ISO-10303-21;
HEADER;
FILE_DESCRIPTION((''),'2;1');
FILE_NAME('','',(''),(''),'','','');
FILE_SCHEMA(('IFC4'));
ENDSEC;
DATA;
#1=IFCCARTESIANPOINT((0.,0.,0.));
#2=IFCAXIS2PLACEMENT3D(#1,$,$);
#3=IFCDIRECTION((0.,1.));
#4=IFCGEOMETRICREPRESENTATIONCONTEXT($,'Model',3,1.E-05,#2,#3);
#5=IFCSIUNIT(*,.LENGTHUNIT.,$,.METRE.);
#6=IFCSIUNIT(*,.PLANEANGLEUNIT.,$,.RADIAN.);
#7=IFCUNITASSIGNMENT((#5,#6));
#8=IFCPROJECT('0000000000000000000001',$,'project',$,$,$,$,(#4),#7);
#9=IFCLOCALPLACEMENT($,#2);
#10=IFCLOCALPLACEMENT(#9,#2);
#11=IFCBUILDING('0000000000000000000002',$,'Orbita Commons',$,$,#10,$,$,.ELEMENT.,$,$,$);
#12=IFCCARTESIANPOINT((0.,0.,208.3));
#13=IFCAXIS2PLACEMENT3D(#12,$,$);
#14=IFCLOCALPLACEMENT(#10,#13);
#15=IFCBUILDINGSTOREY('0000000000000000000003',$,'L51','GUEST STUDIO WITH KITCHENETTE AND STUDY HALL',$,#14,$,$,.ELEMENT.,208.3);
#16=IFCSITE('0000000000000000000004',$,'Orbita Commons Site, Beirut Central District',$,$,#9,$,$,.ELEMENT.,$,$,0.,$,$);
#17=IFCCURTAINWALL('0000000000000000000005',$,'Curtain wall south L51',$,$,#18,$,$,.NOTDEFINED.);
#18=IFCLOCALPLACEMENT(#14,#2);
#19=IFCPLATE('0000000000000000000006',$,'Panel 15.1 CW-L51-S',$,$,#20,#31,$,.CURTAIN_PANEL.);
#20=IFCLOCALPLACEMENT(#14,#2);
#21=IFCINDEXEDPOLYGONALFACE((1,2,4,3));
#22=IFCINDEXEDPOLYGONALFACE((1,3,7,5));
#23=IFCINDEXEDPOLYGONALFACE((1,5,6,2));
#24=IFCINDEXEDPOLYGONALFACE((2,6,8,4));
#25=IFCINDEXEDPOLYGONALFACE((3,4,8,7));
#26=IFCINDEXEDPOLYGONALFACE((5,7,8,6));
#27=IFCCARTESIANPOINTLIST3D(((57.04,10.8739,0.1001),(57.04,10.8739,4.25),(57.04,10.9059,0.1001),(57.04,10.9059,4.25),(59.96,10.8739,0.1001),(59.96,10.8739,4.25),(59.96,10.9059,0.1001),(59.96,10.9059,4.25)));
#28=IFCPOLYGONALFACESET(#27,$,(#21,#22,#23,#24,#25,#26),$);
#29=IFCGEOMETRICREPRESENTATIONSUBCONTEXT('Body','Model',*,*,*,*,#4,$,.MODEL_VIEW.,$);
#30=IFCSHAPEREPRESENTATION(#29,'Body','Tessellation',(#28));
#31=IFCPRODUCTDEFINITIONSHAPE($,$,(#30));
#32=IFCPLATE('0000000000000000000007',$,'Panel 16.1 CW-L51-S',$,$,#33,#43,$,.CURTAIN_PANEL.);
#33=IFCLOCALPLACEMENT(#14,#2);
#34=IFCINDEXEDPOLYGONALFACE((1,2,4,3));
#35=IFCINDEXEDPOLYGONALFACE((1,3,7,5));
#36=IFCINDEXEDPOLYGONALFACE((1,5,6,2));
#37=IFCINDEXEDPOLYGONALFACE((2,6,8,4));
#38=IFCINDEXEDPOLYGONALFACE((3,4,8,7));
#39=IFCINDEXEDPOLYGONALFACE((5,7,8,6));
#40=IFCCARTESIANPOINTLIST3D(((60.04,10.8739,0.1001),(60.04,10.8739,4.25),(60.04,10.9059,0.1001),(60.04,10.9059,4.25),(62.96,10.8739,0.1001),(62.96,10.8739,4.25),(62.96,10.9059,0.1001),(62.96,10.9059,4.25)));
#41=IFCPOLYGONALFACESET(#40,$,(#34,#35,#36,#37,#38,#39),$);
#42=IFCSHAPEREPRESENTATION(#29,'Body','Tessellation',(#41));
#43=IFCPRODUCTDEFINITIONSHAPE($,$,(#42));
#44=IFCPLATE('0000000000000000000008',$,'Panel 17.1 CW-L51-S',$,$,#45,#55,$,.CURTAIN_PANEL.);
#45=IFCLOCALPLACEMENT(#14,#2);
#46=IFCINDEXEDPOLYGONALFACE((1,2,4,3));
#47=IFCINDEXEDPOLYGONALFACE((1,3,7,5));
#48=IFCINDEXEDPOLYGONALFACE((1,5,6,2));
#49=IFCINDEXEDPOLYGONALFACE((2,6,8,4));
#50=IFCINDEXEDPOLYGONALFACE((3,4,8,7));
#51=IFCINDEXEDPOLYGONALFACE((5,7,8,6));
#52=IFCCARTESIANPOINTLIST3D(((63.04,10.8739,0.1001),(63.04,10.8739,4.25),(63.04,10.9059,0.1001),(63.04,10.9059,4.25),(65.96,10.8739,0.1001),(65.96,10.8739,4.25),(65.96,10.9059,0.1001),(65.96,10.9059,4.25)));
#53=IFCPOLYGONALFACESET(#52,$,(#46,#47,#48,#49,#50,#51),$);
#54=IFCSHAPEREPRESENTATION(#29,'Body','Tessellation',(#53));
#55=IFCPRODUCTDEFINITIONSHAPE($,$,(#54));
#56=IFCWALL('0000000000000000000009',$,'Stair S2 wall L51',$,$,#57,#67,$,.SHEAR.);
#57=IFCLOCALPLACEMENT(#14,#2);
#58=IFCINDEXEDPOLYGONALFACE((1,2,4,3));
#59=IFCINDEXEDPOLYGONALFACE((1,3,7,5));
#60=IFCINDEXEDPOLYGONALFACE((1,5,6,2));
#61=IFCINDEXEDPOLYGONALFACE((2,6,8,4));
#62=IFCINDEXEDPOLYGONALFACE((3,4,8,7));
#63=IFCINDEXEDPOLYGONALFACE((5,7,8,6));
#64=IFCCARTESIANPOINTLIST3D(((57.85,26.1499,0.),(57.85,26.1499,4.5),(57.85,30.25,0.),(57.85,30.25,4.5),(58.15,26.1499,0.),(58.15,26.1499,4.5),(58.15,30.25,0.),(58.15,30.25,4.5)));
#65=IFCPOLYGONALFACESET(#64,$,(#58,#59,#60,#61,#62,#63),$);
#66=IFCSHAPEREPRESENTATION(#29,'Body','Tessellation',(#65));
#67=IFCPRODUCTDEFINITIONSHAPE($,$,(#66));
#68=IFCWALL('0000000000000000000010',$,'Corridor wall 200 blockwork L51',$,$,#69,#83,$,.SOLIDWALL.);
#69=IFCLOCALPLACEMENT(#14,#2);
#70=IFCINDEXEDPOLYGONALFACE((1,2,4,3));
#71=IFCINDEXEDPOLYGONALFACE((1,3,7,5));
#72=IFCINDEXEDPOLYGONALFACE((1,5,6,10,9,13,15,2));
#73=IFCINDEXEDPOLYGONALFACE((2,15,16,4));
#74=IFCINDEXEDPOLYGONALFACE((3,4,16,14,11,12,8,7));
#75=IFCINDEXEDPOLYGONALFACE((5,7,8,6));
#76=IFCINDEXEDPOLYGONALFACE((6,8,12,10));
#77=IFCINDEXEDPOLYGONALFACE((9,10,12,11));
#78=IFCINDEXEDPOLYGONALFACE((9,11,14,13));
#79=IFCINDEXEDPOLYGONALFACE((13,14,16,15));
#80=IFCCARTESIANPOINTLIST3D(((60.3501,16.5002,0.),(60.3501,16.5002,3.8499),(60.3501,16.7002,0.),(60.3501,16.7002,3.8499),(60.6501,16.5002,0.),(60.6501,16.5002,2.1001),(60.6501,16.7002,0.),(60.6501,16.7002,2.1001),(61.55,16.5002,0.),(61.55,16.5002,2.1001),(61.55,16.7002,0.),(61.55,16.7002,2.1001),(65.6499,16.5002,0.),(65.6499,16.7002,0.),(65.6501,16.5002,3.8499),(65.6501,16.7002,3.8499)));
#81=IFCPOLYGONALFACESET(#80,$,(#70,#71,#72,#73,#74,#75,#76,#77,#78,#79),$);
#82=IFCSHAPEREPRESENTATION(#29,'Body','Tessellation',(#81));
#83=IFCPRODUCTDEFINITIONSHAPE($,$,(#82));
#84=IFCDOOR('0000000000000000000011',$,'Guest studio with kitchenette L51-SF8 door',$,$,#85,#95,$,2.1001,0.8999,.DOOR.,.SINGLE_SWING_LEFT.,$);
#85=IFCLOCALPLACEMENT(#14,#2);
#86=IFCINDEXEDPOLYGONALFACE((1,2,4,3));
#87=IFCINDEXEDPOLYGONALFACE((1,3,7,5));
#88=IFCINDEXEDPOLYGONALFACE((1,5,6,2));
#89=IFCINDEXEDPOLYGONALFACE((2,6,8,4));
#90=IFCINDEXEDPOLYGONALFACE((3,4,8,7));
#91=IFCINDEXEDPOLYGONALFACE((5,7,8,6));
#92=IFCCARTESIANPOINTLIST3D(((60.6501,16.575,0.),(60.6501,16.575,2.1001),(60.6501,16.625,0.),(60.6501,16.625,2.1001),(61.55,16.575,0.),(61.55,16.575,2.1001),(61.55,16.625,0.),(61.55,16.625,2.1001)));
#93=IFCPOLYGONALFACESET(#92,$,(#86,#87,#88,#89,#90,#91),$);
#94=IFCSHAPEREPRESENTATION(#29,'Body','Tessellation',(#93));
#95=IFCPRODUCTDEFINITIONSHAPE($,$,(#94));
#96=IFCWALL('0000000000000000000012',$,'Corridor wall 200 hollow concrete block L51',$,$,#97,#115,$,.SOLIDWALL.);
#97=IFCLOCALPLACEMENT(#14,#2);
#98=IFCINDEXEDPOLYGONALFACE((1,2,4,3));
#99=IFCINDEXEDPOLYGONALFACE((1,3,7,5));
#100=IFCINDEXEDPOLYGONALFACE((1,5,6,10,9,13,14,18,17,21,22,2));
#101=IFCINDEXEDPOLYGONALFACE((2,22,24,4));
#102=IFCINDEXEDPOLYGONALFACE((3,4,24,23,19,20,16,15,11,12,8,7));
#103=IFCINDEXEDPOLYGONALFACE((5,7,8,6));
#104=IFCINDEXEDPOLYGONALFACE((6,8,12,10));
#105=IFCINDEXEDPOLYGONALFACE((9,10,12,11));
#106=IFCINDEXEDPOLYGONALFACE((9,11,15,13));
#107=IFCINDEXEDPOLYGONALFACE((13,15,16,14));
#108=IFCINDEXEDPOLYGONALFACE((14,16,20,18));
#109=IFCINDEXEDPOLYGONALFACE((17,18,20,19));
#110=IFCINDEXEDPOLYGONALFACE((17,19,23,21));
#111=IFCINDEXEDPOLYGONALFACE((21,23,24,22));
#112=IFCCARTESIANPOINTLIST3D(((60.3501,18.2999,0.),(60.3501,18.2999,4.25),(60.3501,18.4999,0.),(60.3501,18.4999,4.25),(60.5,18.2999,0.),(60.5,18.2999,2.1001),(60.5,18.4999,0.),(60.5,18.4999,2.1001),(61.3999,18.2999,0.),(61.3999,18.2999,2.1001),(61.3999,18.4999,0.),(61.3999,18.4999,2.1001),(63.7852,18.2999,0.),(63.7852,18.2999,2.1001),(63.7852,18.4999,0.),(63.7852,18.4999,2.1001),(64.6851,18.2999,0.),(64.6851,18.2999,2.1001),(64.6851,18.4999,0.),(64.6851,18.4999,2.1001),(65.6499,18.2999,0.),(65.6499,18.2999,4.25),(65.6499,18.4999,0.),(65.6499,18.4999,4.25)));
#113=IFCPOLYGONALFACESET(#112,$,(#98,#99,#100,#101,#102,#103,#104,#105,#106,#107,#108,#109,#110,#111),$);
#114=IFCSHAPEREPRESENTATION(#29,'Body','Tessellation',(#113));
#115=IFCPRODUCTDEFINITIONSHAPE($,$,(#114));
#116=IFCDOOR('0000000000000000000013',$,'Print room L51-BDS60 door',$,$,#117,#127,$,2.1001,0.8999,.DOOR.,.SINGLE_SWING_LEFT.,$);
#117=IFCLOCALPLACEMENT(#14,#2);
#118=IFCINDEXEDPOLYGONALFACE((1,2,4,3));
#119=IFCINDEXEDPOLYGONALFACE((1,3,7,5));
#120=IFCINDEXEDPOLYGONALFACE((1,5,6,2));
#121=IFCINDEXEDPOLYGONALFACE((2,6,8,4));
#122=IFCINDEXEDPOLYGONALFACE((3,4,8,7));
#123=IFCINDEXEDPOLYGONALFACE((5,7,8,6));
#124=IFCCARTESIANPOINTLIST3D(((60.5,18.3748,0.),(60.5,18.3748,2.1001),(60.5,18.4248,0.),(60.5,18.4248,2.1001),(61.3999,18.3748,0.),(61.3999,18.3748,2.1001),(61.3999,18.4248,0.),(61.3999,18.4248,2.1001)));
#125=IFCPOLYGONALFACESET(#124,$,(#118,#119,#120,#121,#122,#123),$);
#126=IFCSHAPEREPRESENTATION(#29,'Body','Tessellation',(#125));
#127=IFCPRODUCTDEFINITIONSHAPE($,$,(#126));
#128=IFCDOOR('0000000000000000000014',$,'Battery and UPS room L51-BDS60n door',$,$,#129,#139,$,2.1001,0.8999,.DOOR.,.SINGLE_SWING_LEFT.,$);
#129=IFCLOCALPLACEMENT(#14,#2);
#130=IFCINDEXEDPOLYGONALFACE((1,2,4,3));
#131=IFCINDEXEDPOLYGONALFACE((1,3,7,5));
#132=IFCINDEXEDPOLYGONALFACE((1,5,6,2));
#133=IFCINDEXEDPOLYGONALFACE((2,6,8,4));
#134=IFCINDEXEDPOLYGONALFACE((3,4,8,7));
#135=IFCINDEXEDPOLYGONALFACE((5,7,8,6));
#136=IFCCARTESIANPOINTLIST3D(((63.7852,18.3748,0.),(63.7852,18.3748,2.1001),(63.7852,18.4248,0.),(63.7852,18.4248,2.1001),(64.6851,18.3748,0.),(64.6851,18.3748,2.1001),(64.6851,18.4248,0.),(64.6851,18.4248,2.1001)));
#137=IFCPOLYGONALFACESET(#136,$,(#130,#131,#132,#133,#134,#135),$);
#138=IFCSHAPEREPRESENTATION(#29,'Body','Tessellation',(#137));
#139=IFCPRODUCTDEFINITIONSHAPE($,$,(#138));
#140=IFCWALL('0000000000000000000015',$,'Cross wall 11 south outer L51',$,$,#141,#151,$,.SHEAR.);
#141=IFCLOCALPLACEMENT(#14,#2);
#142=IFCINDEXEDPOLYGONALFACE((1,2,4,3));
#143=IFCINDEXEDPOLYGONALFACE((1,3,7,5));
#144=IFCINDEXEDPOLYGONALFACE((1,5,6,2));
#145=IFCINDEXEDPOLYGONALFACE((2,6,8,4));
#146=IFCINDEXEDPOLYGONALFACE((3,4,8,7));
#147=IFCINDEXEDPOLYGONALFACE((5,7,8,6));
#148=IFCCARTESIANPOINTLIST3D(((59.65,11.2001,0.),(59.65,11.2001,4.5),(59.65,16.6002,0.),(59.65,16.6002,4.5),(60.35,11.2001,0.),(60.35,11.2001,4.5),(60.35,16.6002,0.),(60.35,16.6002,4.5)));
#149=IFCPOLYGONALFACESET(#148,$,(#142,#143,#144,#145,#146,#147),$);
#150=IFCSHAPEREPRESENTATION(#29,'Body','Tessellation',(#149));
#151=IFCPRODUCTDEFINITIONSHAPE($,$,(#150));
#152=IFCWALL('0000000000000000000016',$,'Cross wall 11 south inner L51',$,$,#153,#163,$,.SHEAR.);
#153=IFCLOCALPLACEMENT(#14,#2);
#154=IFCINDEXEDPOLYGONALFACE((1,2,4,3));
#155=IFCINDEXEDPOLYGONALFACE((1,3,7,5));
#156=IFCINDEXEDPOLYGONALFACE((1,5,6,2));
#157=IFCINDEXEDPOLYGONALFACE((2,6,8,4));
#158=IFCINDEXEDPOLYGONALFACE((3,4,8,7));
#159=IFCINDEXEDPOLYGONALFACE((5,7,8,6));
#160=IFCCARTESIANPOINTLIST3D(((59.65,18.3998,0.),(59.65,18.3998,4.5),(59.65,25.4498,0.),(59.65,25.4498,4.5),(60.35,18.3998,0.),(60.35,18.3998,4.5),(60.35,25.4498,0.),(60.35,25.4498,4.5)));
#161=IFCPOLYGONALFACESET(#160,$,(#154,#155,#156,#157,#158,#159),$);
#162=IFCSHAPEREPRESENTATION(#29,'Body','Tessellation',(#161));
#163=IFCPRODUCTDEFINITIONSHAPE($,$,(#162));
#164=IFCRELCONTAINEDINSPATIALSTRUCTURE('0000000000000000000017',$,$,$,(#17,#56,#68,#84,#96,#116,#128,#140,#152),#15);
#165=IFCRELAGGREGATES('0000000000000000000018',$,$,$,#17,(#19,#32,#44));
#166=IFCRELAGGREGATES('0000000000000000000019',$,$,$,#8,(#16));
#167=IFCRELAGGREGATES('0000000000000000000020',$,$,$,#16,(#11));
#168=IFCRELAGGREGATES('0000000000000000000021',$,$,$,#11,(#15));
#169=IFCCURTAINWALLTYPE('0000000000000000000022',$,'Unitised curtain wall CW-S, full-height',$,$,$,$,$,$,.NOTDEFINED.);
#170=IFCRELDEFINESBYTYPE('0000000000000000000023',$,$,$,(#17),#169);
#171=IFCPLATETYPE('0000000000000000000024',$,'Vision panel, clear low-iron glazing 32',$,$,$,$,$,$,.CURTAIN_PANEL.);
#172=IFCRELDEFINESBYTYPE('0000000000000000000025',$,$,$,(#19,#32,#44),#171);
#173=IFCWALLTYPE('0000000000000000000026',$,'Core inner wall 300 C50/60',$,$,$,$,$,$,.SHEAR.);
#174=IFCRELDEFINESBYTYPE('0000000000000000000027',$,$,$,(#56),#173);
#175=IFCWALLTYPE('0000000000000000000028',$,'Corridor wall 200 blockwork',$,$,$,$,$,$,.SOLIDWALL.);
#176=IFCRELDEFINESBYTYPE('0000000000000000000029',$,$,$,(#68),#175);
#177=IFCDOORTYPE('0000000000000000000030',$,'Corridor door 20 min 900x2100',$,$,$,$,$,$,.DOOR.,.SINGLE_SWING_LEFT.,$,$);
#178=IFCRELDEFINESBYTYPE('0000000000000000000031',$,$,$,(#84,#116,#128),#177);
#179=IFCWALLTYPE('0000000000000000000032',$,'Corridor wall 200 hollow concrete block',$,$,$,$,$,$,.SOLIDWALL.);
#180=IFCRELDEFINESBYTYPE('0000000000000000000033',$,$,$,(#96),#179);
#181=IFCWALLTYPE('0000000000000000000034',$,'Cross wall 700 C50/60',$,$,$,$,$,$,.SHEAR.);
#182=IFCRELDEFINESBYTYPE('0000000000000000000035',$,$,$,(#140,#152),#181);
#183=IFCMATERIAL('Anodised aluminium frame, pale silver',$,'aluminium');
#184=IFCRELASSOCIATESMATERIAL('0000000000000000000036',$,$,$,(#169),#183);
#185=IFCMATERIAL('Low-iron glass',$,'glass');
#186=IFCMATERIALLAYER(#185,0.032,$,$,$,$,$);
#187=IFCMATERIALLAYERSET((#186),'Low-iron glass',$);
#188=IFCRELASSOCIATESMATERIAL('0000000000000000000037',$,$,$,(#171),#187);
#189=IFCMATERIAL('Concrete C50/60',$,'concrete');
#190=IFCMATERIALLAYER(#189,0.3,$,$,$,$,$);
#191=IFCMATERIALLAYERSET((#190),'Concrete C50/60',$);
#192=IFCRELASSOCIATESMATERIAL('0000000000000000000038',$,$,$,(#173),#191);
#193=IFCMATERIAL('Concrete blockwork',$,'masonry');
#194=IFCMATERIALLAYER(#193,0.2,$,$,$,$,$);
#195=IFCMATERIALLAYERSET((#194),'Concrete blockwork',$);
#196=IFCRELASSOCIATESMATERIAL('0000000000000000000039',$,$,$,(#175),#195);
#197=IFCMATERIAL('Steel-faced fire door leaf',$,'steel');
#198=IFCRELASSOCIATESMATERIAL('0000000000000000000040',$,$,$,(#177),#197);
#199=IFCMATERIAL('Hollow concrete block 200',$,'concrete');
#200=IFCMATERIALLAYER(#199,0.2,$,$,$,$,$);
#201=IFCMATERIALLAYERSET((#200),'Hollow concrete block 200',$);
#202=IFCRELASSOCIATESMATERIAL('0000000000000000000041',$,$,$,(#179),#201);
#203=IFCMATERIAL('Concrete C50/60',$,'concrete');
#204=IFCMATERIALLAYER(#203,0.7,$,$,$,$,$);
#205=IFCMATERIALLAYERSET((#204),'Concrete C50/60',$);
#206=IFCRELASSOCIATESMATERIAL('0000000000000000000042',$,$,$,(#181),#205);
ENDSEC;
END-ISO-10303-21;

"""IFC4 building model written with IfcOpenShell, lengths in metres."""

from ifc_helpers import new_model, si_unit, direction, frame, frame_2d, origin, origin_2d, place, context, subcontext, project, spatial, polyline, rectangle, outline, extrude, material, layer, layer_set, type_object, element, fill, aggregate, save


model = new_model("IFC4")

# Units and contexts
model_context = context("Model", 3, precision=1e-05, world=origin(), true_north=direction((0.0, 1.0)))
body_context = subcontext(model_context, "Body", "Model", "MODEL_VIEW")
ifc_project = project(units=[si_unit("LENGTHUNIT", "METRE"), si_unit("PLANEANGLEUNIT", "RADIAN")], contexts=[model_context])

# Site, building, storey
site_placement = place(None, origin())
site = spatial("IfcSite", under=ifc_project, at=site_placement, Name="Orbita Commons Site, Beirut Central District", CompositionType="ELEMENT", RefElevation=0.0)
building_placement = place(site_placement, origin())
building = spatial("IfcBuilding", under=site, at=building_placement, Name="Orbita Commons", CompositionType="ELEMENT")
storey_placement = place(building_placement, frame((0.0, 0.0, 208.3)))
storey = spatial("IfcBuildingStorey", under=building, at=storey_placement, Name="L51", Description="GUEST STUDIO WITH KITCHENETTE AND STUDY HALL", CompositionType="ELEMENT", Elevation=208.3)

# Curtain wall
ifc_material_1 = material(Name="Anodised aluminium frame, pale silver", Category="aluminium")
curtain_wall_type = type_object("IfcCurtainWallType", Name="Unitised curtain wall CW-S, full-height", PredefinedType="NOTDEFINED", material=ifc_material_1)
curtain_wall_placement = place(storey_placement, origin())
curtain_wall = element("IfcCurtainWall", 1, at=curtain_wall_placement, inside=storey, type_object=curtain_wall_type, Name="Curtain wall south L51", PredefinedType="NOTDEFINED")

# Plates
ifc_material_2 = material(Name="Low-iron glass", Category="glass")
ifc_layer_1 = layer(ifc_material_2, 0.032)
ifc_layer_set_1 = layer_set([ifc_layer_1], Name="Low-iron glass")
plate_type = type_object("IfcPlateType", Name="Vision panel, clear low-iron glazing 32", PredefinedType="CURTAIN_PANEL", material=ifc_layer_set_1)
plate_1_placement = place(storey_placement, frame((58.5, 10.8899, 0.1001), z_axis=(0.0, 0.0, 1.0), x_axis=(1.0, 0.0, 0.0)))
plate_1 = element("IfcPlate", 2, at=plate_1_placement, type_object=plate_type, Name="Panel 15.1 CW-L51-S", PredefinedType="CURTAIN_PANEL", context=body_context, shape_type="SweptSolid", body=[
    extrude(rectangle(XDim=2.9199, YDim=0.032, at=origin_2d()), origin(), (0.0, 0.0, 1.0), 4.1499),
])
plate_2_placement = place(storey_placement, frame((61.5, 10.8899, 0.1001), z_axis=(0.0, 0.0, 1.0), x_axis=(1.0, 0.0, 0.0)))
plate_2 = element("IfcPlate", 3, at=plate_2_placement, type_object=plate_type, Name="Panel 16.1 CW-L51-S", PredefinedType="CURTAIN_PANEL", context=body_context, shape_type="SweptSolid", body=[
    extrude(rectangle(XDim=2.9199, YDim=0.032, at=origin_2d()), origin(), (0.0, 0.0, 1.0), 4.1499),
])
plate_3_placement = place(storey_placement, frame((64.5, 10.8899, 0.1001), z_axis=(0.0, 0.0, 1.0), x_axis=(1.0, 0.0, 0.0)))
plate_3 = element("IfcPlate", 4, at=plate_3_placement, type_object=plate_type, Name="Panel 17.1 CW-L51-S", PredefinedType="CURTAIN_PANEL", context=body_context, shape_type="SweptSolid", body=[
    extrude(rectangle(XDim=2.9199, YDim=0.032, at=origin_2d()), origin(), (0.0, 0.0, 1.0), 4.1499),
])
aggregate(curtain_wall, [plate_1, plate_2, plate_3])

# Wall
ifc_material_3 = material(Name="Concrete C50/60", Category="concrete")
ifc_layer_2 = layer(ifc_material_3, 0.3)
ifc_layer_set_2 = layer_set([ifc_layer_2], Name="Concrete C50/60")
wall_type_1 = type_object("IfcWallType", Name="Core inner wall 300 C50/60", PredefinedType="SHEAR", material=ifc_layer_set_2)
wall_1_placement = place(storey_placement, frame((58.0, 26.1499, 0.0), z_axis=(0.0, 0.0, 1.0), x_axis=(0.0, 1.0, 0.0)))
element("IfcWall", 5, at=wall_1_placement, inside=storey, type_object=wall_type_1, Name="Stair S2 wall L51", PredefinedType="SHEAR", context=body_context, shape_type="SweptSolid", body=[
    extrude(rectangle(XDim=4.1001, YDim=0.3, at=frame_2d((2.05, 0.0))), origin(), (0.0, 0.0, 1.0), 4.5),
])

# Wall, opening, door
ifc_material_4 = material(Name="Concrete blockwork", Category="masonry")
ifc_layer_3 = layer(ifc_material_4, 0.2)
ifc_layer_set_3 = layer_set([ifc_layer_3], Name="Concrete blockwork")
wall_type_2 = type_object("IfcWallType", Name="Corridor wall 200 blockwork", PredefinedType="SOLIDWALL", material=ifc_layer_set_3)
wall_2_placement = place(storey_placement, frame((60.3501, 16.6001, 0.0), z_axis=(0.0, 0.0, 1.0), x_axis=(1.0, 0.0, 0.0)))
wall_2 = element("IfcWall", 6, at=wall_2_placement, inside=storey, type_object=wall_type_2, Name="Corridor wall 200 blockwork L51", PredefinedType="SOLIDWALL", context=body_context, shape_type="SweptSolid", body=[
    extrude(outline(polyline([(0.0, 0.0), (5.2998, 0.0), (5.3, 3.8499), (0.0, 3.8499), (0.0, 0.0)])), frame((0.0, 0.1001, 0.0), z_axis=(0.0, -1.0, 0.0), x_axis=(1.0, 0.0, 0.0)), (0.0, 0.0, 1.0), 0.2),
])
opening_1_placement = place(wall_2_placement, frame((0.3, 0.0, 0.0)))
opening_1 = element("IfcOpeningElement", 7, at=opening_1_placement, cuts=wall_2, PredefinedType="OPENING", context=body_context, shape_type="SweptSolid", body=[
    extrude(rectangle(XDim=0.8999, YDim=2.1001, at=frame_2d((0.45, 1.05))), frame((0.0, 0.1099, 0.0), z_axis=(0.0, -1.0, 0.0), x_axis=(1.0, 0.0, 0.0)), (0.0, 0.0, 1.0), 0.22),
])
ifc_material_5 = material(Name="Steel-faced fire door leaf", Category="steel")
door_type_1 = type_object("IfcDoorType", Name="Corridor door 20 min 900x2100", OperationType="SINGLE_SWING_LEFT", PredefinedType="DOOR", material=ifc_material_5)
door_1_placement = place(opening_1_placement, origin())
door_1 = element("IfcDoor", 8, at=door_1_placement, inside=storey, type_object=door_type_1, Name="Guest studio with kitchenette L51-SF8 door", OperationType="SINGLE_SWING_LEFT", OverallHeight=2.1001, OverallWidth=0.8999, PredefinedType="DOOR", context=body_context, shape_type="SweptSolid", body=[
    extrude(rectangle(XDim=0.8999, YDim=2.1001, at=frame_2d((0.45, 1.05))), frame((0.0, 0.0249, 0.0), z_axis=(0.0, -1.0, 0.0), x_axis=(1.0, 0.0, 0.0)), (0.0, 0.0, 1.0), 0.05),
])
fill(opening_1, door_1)

# Wall, openings, doors
ifc_material_6 = material(Name="Hollow concrete block 200", Category="concrete")
ifc_layer_4 = layer(ifc_material_6, 0.2)
ifc_layer_set_4 = layer_set([ifc_layer_4], Name="Hollow concrete block 200")
wall_type_3 = type_object("IfcWallType", Name="Corridor wall 200 hollow concrete block", PredefinedType="SOLIDWALL", material=ifc_layer_set_4)
wall_3_placement = place(storey_placement, frame((60.3501, 18.3999, 0.0), z_axis=(0.0, 0.0, 1.0), x_axis=(1.0, 0.0, 0.0)))
wall_3 = element("IfcWall", 9, at=wall_3_placement, inside=storey, type_object=wall_type_3, Name="Corridor wall 200 hollow concrete block L51", PredefinedType="SOLIDWALL", context=body_context, shape_type="SweptSolid", body=[
    extrude(rectangle(XDim=5.2998, YDim=0.2, at=frame_2d((2.6499, 0.0))), origin(), (0.0, 0.0, 1.0), 4.25),
])
opening_2_placement = place(wall_3_placement, frame((0.1499, 0.0, 0.0)))
opening_2 = element("IfcOpeningElement", 10, at=opening_2_placement, cuts=wall_3, PredefinedType="OPENING", context=body_context, shape_type="SweptSolid", body=[
    extrude(rectangle(XDim=0.8999, YDim=2.1001, at=frame_2d((0.45, 1.05))), frame((0.0, 0.1099, 0.0), z_axis=(0.0, -1.0, 0.0), x_axis=(1.0, 0.0, 0.0)), (0.0, 0.0, 1.0), 0.22),
])
opening_3_placement = place(wall_3_placement, frame((3.4351, 0.0, 0.0)))
opening_3 = element("IfcOpeningElement", 11, at=opening_3_placement, cuts=wall_3, PredefinedType="OPENING", context=body_context, shape_type="SweptSolid", body=[
    extrude(rectangle(XDim=0.8999, YDim=2.1001, at=frame_2d((0.45, 1.05))), frame((0.0, 0.1099, 0.0), z_axis=(0.0, -1.0, 0.0), x_axis=(1.0, 0.0, 0.0)), (0.0, 0.0, 1.0), 0.22),
])
door_2_placement = place(opening_2_placement, origin())
door_2 = element("IfcDoor", 12, at=door_2_placement, inside=storey, type_object=door_type_1, Name="Print room L51-BDS60 door", OperationType="SINGLE_SWING_LEFT", OverallHeight=2.1001, OverallWidth=0.8999, PredefinedType="DOOR", context=body_context, shape_type="SweptSolid", body=[
    extrude(rectangle(XDim=0.8999, YDim=2.1001, at=frame_2d((0.45, 1.05))), frame((0.0, 0.0249, 0.0), z_axis=(0.0, -1.0, 0.0), x_axis=(1.0, 0.0, 0.0)), (0.0, 0.0, 1.0), 0.05),
])
fill(opening_2, door_2)
door_3_placement = place(opening_3_placement, origin())
door_3 = element("IfcDoor", 13, at=door_3_placement, inside=storey, type_object=door_type_1, Name="Battery and UPS room L51-BDS60n door", OperationType="SINGLE_SWING_LEFT", OverallHeight=2.1001, OverallWidth=0.8999, PredefinedType="DOOR", context=body_context, shape_type="SweptSolid", body=[
    extrude(rectangle(XDim=0.8999, YDim=2.1001, at=frame_2d((0.45, 1.05))), frame((0.0, 0.0249, 0.0), z_axis=(0.0, -1.0, 0.0), x_axis=(1.0, 0.0, 0.0)), (0.0, 0.0, 1.0), 0.05),
])
fill(opening_3, door_3)

# Walls
ifc_material_7 = material(Name="Concrete C50/60", Category="concrete")
ifc_layer_5 = layer(ifc_material_7, 0.7)
ifc_layer_set_5 = layer_set([ifc_layer_5], Name="Concrete C50/60")
wall_type_4 = type_object("IfcWallType", Name="Cross wall 700 C50/60", PredefinedType="SHEAR", material=ifc_layer_set_5)
wall_4_placement = place(storey_placement, frame((60.0, 11.2, 0.0), z_axis=(0.0, 0.0, 1.0), x_axis=(0.0, 1.0, 0.0)))
element("IfcWall", 14, at=wall_4_placement, inside=storey, type_object=wall_type_4, Name="Cross wall 11 south outer L51", PredefinedType="SHEAR", context=body_context, shape_type="SweptSolid", body=[
    extrude(rectangle(XDim=5.4001, YDim=0.7, at=frame_2d((2.7002, 0.0))), origin(), (0.0, 0.0, 1.0), 4.5),
])
wall_5_placement = place(storey_placement, frame((60.0, 18.3999, 0.0), z_axis=(0.0, 0.0, 1.0), x_axis=(0.0, 1.0, 0.0)))
element("IfcWall", 15, at=wall_5_placement, inside=storey, type_object=wall_type_4, Name="Cross wall 11 south inner L51", PredefinedType="SHEAR", context=body_context, shape_type="SweptSolid", body=[
    extrude(rectangle(XDim=7.05, YDim=0.7, at=frame_2d((3.5249, 0.0))), origin(), (0.0, 0.0, 1.0), 4.5),
])

save(model, "model.ifc")
